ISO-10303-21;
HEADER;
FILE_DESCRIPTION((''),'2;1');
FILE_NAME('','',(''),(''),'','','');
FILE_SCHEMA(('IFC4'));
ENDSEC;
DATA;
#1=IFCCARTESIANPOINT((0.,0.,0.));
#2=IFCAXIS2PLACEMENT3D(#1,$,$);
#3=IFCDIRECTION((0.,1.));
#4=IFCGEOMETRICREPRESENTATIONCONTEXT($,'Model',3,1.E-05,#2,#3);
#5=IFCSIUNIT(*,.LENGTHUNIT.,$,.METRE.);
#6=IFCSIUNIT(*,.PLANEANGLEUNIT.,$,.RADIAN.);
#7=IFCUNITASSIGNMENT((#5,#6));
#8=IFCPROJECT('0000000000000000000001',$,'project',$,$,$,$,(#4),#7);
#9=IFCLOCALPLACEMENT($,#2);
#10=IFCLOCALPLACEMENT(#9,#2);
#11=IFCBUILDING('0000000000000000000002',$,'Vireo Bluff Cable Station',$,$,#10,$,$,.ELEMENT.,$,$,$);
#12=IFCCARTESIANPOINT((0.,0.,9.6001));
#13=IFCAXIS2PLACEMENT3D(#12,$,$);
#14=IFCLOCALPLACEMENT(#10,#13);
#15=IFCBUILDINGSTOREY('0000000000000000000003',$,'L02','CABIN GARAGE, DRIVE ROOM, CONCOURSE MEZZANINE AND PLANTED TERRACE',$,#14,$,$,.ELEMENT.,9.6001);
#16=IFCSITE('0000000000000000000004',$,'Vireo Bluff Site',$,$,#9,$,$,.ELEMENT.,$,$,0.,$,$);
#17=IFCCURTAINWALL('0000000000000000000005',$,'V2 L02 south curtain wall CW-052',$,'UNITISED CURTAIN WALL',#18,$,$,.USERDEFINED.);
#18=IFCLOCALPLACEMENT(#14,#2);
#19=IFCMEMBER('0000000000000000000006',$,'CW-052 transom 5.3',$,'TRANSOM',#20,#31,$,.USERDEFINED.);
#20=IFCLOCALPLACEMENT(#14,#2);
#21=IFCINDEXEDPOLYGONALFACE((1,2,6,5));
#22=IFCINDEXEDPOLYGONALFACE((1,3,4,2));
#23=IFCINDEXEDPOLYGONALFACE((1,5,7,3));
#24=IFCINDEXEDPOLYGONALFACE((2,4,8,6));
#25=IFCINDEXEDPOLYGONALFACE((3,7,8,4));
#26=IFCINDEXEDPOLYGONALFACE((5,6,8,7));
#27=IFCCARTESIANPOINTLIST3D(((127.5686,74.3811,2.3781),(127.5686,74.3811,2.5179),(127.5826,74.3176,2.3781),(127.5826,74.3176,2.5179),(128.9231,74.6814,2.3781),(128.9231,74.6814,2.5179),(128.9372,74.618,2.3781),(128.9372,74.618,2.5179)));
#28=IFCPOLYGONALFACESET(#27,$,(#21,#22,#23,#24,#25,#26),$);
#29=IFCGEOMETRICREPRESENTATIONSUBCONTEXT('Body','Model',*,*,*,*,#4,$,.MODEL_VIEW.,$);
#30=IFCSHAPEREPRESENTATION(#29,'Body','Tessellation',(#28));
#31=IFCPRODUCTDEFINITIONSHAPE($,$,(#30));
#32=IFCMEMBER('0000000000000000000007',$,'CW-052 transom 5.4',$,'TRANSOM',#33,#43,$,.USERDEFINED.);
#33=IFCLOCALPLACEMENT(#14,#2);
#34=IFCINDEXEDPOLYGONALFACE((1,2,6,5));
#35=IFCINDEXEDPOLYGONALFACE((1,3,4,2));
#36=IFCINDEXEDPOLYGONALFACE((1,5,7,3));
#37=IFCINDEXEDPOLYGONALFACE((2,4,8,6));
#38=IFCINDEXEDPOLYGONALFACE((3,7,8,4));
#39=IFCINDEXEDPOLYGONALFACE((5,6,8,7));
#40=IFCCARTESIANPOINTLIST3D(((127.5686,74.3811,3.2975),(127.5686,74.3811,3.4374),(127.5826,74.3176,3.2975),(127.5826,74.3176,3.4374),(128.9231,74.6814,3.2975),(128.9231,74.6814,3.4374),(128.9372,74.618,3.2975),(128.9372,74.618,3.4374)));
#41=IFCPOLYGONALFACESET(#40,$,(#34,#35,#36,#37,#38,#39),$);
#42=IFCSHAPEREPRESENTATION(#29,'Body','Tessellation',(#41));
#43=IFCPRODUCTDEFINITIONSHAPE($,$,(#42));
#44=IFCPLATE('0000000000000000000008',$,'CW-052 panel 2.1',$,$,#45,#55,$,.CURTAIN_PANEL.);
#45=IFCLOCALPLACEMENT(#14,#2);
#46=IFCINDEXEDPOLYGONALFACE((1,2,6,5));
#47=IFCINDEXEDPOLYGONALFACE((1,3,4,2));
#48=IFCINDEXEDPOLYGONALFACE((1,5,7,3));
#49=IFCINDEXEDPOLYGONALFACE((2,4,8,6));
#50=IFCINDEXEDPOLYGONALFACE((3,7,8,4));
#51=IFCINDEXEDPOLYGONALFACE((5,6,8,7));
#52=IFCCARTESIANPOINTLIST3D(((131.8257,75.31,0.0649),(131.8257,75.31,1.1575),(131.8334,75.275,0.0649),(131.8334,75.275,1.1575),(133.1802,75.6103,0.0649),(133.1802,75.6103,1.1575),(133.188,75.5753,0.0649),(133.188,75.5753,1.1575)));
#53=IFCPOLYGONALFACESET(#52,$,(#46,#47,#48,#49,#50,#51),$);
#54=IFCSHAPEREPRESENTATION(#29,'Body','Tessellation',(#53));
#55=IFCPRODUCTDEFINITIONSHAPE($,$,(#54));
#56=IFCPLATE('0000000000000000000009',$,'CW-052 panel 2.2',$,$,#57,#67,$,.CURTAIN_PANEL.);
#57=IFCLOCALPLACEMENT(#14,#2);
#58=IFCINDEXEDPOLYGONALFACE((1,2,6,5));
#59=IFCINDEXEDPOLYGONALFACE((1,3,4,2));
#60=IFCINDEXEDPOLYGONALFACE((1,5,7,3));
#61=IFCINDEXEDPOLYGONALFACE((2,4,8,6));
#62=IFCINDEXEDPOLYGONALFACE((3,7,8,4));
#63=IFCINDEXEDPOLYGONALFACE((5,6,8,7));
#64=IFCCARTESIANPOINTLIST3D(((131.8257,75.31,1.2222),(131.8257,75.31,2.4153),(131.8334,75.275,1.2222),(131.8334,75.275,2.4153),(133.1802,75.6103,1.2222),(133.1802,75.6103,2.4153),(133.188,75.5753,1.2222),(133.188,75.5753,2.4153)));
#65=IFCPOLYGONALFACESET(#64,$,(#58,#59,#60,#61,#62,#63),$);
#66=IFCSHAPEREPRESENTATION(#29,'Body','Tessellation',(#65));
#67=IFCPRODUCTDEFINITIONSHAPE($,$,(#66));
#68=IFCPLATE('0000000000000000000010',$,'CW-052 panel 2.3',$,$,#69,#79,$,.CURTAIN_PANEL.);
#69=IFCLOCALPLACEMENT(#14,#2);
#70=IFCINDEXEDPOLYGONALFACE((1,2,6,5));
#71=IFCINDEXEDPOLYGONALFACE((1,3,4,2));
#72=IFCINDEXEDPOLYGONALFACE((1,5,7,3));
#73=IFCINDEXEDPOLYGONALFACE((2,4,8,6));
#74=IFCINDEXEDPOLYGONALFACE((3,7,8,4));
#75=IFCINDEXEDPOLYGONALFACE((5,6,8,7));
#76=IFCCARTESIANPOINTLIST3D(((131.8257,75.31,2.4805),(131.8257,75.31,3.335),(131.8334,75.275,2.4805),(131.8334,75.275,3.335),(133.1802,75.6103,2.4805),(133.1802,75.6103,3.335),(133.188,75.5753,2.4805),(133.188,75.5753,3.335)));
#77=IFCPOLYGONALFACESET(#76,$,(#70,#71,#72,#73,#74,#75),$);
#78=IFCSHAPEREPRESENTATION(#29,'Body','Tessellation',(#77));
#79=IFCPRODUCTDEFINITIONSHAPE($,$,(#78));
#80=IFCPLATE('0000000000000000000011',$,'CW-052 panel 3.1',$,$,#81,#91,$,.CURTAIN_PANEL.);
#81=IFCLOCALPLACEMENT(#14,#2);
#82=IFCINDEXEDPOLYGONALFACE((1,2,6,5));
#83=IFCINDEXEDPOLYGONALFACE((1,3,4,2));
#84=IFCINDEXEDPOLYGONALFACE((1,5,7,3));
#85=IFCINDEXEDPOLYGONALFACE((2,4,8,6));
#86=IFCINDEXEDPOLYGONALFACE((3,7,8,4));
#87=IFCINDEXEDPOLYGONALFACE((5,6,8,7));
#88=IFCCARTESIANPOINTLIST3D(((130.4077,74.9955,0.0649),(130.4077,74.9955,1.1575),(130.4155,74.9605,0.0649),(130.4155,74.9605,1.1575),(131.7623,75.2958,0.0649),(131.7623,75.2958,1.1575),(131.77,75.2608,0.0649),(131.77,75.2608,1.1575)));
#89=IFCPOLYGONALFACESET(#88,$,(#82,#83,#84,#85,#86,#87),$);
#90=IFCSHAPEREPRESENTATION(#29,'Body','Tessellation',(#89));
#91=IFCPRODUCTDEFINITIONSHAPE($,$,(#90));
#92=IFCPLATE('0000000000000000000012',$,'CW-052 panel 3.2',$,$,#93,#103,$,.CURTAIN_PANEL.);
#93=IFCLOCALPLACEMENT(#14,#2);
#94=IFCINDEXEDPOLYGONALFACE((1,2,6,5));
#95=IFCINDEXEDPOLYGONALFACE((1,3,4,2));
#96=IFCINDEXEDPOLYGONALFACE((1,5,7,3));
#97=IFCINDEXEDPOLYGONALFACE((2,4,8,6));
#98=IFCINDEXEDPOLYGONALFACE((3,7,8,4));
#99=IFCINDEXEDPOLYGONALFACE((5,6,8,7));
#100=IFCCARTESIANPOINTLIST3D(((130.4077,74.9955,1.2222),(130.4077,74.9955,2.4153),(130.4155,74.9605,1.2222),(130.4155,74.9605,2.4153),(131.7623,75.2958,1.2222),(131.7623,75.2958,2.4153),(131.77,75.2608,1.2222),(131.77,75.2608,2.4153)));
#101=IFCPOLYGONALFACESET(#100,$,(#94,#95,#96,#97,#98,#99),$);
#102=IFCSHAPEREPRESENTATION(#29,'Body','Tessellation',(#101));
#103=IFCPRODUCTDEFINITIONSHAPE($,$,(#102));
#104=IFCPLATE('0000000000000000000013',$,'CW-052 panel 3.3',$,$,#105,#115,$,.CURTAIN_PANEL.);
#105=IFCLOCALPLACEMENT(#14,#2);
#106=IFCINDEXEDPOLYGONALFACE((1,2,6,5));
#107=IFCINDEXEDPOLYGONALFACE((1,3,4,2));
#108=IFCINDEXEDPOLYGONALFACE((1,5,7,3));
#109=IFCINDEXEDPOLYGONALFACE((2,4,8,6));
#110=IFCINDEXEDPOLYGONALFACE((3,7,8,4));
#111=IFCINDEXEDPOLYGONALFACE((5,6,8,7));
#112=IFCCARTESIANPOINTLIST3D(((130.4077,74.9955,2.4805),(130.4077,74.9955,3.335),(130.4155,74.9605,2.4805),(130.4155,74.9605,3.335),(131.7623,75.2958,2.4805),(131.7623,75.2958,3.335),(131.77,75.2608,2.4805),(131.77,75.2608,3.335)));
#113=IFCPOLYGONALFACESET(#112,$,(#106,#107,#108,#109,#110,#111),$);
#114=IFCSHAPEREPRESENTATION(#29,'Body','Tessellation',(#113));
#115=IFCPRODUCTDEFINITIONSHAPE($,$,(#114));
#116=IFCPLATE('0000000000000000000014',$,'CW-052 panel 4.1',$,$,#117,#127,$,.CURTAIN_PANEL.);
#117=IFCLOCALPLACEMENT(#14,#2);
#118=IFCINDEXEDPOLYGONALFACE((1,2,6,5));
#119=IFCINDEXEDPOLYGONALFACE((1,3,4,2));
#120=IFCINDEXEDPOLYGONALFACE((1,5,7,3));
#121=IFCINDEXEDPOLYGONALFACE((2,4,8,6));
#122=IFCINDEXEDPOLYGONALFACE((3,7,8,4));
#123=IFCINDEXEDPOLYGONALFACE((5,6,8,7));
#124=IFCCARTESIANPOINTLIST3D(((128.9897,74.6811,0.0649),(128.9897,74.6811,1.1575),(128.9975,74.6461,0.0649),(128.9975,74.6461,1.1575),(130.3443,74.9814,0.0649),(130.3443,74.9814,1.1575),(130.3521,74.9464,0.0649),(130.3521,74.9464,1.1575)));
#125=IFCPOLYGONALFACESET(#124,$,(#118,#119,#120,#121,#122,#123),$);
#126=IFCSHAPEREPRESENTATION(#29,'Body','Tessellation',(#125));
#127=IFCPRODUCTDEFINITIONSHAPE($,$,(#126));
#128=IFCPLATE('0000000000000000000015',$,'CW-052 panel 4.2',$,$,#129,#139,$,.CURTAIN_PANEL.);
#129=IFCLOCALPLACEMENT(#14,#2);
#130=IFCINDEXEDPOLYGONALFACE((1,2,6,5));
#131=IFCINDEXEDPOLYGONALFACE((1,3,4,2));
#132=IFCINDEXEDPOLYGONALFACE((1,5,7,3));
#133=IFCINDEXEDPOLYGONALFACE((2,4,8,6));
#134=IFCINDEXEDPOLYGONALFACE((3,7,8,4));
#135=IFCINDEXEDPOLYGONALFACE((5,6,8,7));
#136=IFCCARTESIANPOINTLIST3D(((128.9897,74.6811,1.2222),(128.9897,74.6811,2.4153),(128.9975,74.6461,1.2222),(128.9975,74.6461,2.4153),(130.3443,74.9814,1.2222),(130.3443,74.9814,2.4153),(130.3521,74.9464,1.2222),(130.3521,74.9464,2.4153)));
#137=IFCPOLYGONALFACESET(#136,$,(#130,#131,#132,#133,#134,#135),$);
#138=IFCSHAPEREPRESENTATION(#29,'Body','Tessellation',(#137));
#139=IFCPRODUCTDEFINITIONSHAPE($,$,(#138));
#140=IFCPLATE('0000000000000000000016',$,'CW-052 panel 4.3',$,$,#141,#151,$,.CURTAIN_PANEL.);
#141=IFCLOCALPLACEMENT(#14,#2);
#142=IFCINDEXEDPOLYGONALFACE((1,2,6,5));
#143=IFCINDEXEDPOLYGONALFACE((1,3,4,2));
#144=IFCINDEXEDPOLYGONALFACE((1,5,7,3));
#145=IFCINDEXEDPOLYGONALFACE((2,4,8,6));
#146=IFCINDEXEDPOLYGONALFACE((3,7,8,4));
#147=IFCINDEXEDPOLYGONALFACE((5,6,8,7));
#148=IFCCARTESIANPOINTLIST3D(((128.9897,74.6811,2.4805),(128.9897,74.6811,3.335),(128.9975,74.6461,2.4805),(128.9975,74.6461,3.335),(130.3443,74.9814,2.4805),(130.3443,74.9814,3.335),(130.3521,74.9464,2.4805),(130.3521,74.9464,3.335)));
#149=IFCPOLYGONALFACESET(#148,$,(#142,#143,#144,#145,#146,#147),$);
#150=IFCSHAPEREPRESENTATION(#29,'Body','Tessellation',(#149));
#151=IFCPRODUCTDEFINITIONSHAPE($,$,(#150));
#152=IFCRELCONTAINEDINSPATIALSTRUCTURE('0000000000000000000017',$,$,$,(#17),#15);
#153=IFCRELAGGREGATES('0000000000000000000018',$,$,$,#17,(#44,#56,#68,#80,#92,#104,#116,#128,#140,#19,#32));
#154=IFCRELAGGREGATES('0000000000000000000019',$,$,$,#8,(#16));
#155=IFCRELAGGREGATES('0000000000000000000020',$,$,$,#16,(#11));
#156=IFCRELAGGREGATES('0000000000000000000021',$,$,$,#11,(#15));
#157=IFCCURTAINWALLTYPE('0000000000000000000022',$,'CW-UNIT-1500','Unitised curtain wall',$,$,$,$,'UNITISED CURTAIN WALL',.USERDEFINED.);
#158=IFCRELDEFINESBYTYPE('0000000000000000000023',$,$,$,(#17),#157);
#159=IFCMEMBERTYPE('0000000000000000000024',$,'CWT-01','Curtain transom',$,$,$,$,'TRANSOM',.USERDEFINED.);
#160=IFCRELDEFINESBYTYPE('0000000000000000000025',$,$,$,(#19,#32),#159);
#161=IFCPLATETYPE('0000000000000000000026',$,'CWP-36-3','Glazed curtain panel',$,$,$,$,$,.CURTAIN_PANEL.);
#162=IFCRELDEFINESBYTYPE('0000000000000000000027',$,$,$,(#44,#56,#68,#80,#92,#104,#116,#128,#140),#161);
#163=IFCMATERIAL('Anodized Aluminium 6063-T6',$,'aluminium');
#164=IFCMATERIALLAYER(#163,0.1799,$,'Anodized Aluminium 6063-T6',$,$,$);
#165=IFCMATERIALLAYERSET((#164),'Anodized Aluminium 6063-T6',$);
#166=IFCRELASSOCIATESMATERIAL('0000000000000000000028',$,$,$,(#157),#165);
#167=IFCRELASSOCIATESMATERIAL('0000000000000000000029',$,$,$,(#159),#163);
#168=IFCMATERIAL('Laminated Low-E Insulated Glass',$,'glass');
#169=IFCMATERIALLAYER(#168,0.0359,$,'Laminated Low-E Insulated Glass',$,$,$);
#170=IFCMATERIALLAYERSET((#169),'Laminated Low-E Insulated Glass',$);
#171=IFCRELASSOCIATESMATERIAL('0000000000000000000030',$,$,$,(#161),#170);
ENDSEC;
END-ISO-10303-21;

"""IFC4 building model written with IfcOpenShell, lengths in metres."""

from ifc_helpers import new_model, si_unit, direction, frame, origin, origin_2d, place, context, subcontext, project, spatial, rectangle, extrude, material, layer, layer_set, material_profile, profile_set, type_object, element, aggregate, save


model = new_model("IFC4")

# Units and contexts
model_context = context("Model", 3, precision=1e-05, world=origin(), true_north=direction((0.0, 1.0)))
body_context = subcontext(model_context, "Body", "Model", "MODEL_VIEW")
ifc_project = project(units=[si_unit("LENGTHUNIT", "METRE"), si_unit("PLANEANGLEUNIT", "RADIAN")], contexts=[model_context])

# Site, building, storey
site_placement = place(None, origin())
site = spatial("IfcSite", under=ifc_project, at=site_placement, Name="Vireo Bluff Site", CompositionType="ELEMENT", RefElevation=0.0)
building_placement = place(site_placement, origin())
building = spatial("IfcBuilding", under=site, at=building_placement, Name="Vireo Bluff Cable Station", CompositionType="ELEMENT")
storey_placement = place(building_placement, frame((0.0, 0.0, 9.6001)))
storey = spatial("IfcBuildingStorey", under=building, at=storey_placement, Name="L02", Description="CABIN GARAGE, DRIVE ROOM, CONCOURSE MEZZANINE AND PLANTED TERRACE", CompositionType="ELEMENT", Elevation=9.6001)

# Curtain wall, members, plates
ifc_material_1 = material(Name="Anodized Aluminium 6063-T6", Category="aluminium")
ifc_layer_1 = layer(ifc_material_1, 0.1799, Name="Anodized Aluminium 6063-T6")
ifc_layer_set_1 = layer_set([ifc_layer_1], Name="Anodized Aluminium 6063-T6")
curtain_wall_type = type_object("IfcCurtainWallType", Name="CW-UNIT-1500", Description="Unitised curtain wall", ElementType="UNITISED CURTAIN WALL", PredefinedType="USERDEFINED", material=ifc_layer_set_1)
curtain_wall_placement = place(storey_placement, origin())
curtain_wall = element("IfcCurtainWall", 1, at=curtain_wall_placement, inside=storey, type_object=curtain_wall_type, Name="V2 L02 south curtain wall CW-052", ObjectType="UNITISED CURTAIN WALL", PredefinedType="USERDEFINED")
ifc_material_profile_1 = material_profile(ifc_material_1, rectangle(XDim=0.0649, YDim=0.1399, at=origin_2d()), Name="ALU-T-65X140")
ifc_profile_set_1 = profile_set([ifc_material_profile_1], Name="Anodized Aluminium 6063-T6")
member_type_1 = type_object("IfcMemberType", Name="CWT-01", Description="Curtain transom", ElementType="TRANSOM", PredefinedType="USERDEFINED", material=ifc_profile_set_1)
member_1_placement = place(storey_placement, frame((128.9302, 74.6497, 2.448), z_axis=(-0.976295, -0.216446, 0.0), x_axis=(0.216446, -0.976295, 0.0)))
member_1 = element("IfcMember", 2, at=member_1_placement, type_object=member_type_1, Name="CW-052 transom 5.3", ObjectType="TRANSOM", PredefinedType="USERDEFINED", context=body_context, shape_type="SweptSolid", body=[
    extrude(rectangle(XDim=0.0649, YDim=0.1399, at=origin_2d()), origin(), (0.0, 0.0, 1.0), 1.3875),
])
member_2_placement = place(storey_placement, frame((128.9302, 74.6497, 3.3674), z_axis=(-0.976295, -0.216446, 0.0), x_axis=(0.216446, -0.976295, 0.0)))
member_2 = element("IfcMember", 3, at=member_2_placement, type_object=member_type_1, Name="CW-052 transom 5.4", ObjectType="TRANSOM", PredefinedType="USERDEFINED", context=body_context, shape_type="SweptSolid", body=[
    extrude(rectangle(XDim=0.0649, YDim=0.1399, at=origin_2d()), origin(), (0.0, 0.0, 1.0), 1.3875),
])
ifc_material_2 = material(Name="Laminated Low-E Insulated Glass", Category="glass")
ifc_layer_2 = layer(ifc_material_2, 0.0359, Name="Laminated Low-E Insulated Glass")
ifc_layer_set_2 = layer_set([ifc_layer_2], Name="Laminated Low-E Insulated Glass")
plate_type = type_object("IfcPlateType", Name="CWP-36-3", Description="Glazed curtain panel", PredefinedType="CURTAIN_PANEL", material=ifc_layer_set_2)
plate_1_placement = place(storey_placement, frame((132.5068, 75.4426, 0.0649), z_axis=(0.0, 0.0, 1.0), x_axis=(-0.976296, -0.21644, 0.0)))
plate_1 = element("IfcPlate", 4, at=plate_1_placement, type_object=plate_type, Name="CW-052 panel 2.1", PredefinedType="CURTAIN_PANEL", context=body_context, shape_type="SweptSolid", body=[
    extrude(rectangle(XDim=1.3875, YDim=0.0359, at=origin_2d()), origin(), (0.0, 0.0, 1.0), 1.0925),
])
plate_2_placement = place(storey_placement, frame((132.5068, 75.4426, 1.2222), z_axis=(0.0, 0.0, 1.0), x_axis=(-0.976296, -0.21644, 0.0)))
plate_2 = element("IfcPlate", 5, at=plate_2_placement, type_object=plate_type, Name="CW-052 panel 2.2", PredefinedType="CURTAIN_PANEL", context=body_context, shape_type="SweptSolid", body=[
    extrude(rectangle(XDim=1.3875, YDim=0.0359, at=origin_2d()), origin(), (0.0, 0.0, 1.0), 1.1931),
])
plate_3_placement = place(storey_placement, frame((132.5068, 75.4426, 2.4805), z_axis=(0.0, 0.0, 1.0), x_axis=(-0.976296, -0.21644, 0.0)))
plate_3 = element("IfcPlate", 6, at=plate_3_placement, type_object=plate_type, Name="CW-052 panel 2.3", PredefinedType="CURTAIN_PANEL", context=body_context, shape_type="SweptSolid", body=[
    extrude(rectangle(XDim=1.3875, YDim=0.0359, at=origin_2d()), origin(), (0.0, 0.0, 1.0), 0.8545),
])
plate_4_placement = place(storey_placement, frame((131.0889, 75.1282, 0.0649), z_axis=(0.0, 0.0, 1.0), x_axis=(-0.976296, -0.21644, 0.0)))
plate_4 = element("IfcPlate", 7, at=plate_4_placement, type_object=plate_type, Name="CW-052 panel 3.1", PredefinedType="CURTAIN_PANEL", context=body_context, shape_type="SweptSolid", body=[
    extrude(rectangle(XDim=1.3875, YDim=0.0359, at=origin_2d()), origin(), (0.0, 0.0, 1.0), 1.0925),
])
plate_5_placement = place(storey_placement, frame((131.0889, 75.1282, 1.2222), z_axis=(0.0, 0.0, 1.0), x_axis=(-0.976296, -0.21644, 0.0)))
plate_5 = element("IfcPlate", 8, at=plate_5_placement, type_object=plate_type, Name="CW-052 panel 3.2", PredefinedType="CURTAIN_PANEL", context=body_context, shape_type="SweptSolid", body=[
    extrude(rectangle(XDim=1.3875, YDim=0.0359, at=origin_2d()), origin(), (0.0, 0.0, 1.0), 1.1931),
])
plate_6_placement = place(storey_placement, frame((131.0889, 75.1282, 2.4805), z_axis=(0.0, 0.0, 1.0), x_axis=(-0.976296, -0.21644, 0.0)))
plate_6 = element("IfcPlate", 9, at=plate_6_placement, type_object=plate_type, Name="CW-052 panel 3.3", PredefinedType="CURTAIN_PANEL", context=body_context, shape_type="SweptSolid", body=[
    extrude(rectangle(XDim=1.3875, YDim=0.0359, at=origin_2d()), origin(), (0.0, 0.0, 1.0), 0.8545),
])
plate_7_placement = place(storey_placement, frame((129.6709, 74.8137, 0.0649), z_axis=(0.0, 0.0, 1.0), x_axis=(-0.976296, -0.21644, 0.0)))
plate_7 = element("IfcPlate", 10, at=plate_7_placement, type_object=plate_type, Name="CW-052 panel 4.1", PredefinedType="CURTAIN_PANEL", context=body_context, shape_type="SweptSolid", body=[
    extrude(rectangle(XDim=1.3875, YDim=0.0359, at=origin_2d()), origin(), (0.0, 0.0, 1.0), 1.0925),
])
plate_8_placement = place(storey_placement, frame((129.6709, 74.8137, 1.2222), z_axis=(0.0, 0.0, 1.0), x_axis=(-0.976296, -0.21644, 0.0)))
plate_8 = element("IfcPlate", 11, at=plate_8_placement, type_object=plate_type, Name="CW-052 panel 4.2", PredefinedType="CURTAIN_PANEL", context=body_context, shape_type="SweptSolid", body=[
    extrude(rectangle(XDim=1.3875, YDim=0.0359, at=origin_2d()), origin(), (0.0, 0.0, 1.0), 1.1931),
])
plate_9_placement = place(storey_placement, frame((129.6709, 74.8137, 2.4805), z_axis=(0.0, 0.0, 1.0), x_axis=(-0.976296, -0.21644, 0.0)))
plate_9 = element("IfcPlate", 12, at=plate_9_placement, type_object=plate_type, Name="CW-052 panel 4.3", PredefinedType="CURTAIN_PANEL", context=body_context, shape_type="SweptSolid", body=[
    extrude(rectangle(XDim=1.3875, YDim=0.0359, at=origin_2d()), origin(), (0.0, 0.0, 1.0), 0.8545),
])
aggregate(curtain_wall, [plate_1, plate_2, plate_3, plate_4, plate_5, plate_6, plate_7, plate_8, plate_9, member_1, member_2])

save(model, "model.ifc")
